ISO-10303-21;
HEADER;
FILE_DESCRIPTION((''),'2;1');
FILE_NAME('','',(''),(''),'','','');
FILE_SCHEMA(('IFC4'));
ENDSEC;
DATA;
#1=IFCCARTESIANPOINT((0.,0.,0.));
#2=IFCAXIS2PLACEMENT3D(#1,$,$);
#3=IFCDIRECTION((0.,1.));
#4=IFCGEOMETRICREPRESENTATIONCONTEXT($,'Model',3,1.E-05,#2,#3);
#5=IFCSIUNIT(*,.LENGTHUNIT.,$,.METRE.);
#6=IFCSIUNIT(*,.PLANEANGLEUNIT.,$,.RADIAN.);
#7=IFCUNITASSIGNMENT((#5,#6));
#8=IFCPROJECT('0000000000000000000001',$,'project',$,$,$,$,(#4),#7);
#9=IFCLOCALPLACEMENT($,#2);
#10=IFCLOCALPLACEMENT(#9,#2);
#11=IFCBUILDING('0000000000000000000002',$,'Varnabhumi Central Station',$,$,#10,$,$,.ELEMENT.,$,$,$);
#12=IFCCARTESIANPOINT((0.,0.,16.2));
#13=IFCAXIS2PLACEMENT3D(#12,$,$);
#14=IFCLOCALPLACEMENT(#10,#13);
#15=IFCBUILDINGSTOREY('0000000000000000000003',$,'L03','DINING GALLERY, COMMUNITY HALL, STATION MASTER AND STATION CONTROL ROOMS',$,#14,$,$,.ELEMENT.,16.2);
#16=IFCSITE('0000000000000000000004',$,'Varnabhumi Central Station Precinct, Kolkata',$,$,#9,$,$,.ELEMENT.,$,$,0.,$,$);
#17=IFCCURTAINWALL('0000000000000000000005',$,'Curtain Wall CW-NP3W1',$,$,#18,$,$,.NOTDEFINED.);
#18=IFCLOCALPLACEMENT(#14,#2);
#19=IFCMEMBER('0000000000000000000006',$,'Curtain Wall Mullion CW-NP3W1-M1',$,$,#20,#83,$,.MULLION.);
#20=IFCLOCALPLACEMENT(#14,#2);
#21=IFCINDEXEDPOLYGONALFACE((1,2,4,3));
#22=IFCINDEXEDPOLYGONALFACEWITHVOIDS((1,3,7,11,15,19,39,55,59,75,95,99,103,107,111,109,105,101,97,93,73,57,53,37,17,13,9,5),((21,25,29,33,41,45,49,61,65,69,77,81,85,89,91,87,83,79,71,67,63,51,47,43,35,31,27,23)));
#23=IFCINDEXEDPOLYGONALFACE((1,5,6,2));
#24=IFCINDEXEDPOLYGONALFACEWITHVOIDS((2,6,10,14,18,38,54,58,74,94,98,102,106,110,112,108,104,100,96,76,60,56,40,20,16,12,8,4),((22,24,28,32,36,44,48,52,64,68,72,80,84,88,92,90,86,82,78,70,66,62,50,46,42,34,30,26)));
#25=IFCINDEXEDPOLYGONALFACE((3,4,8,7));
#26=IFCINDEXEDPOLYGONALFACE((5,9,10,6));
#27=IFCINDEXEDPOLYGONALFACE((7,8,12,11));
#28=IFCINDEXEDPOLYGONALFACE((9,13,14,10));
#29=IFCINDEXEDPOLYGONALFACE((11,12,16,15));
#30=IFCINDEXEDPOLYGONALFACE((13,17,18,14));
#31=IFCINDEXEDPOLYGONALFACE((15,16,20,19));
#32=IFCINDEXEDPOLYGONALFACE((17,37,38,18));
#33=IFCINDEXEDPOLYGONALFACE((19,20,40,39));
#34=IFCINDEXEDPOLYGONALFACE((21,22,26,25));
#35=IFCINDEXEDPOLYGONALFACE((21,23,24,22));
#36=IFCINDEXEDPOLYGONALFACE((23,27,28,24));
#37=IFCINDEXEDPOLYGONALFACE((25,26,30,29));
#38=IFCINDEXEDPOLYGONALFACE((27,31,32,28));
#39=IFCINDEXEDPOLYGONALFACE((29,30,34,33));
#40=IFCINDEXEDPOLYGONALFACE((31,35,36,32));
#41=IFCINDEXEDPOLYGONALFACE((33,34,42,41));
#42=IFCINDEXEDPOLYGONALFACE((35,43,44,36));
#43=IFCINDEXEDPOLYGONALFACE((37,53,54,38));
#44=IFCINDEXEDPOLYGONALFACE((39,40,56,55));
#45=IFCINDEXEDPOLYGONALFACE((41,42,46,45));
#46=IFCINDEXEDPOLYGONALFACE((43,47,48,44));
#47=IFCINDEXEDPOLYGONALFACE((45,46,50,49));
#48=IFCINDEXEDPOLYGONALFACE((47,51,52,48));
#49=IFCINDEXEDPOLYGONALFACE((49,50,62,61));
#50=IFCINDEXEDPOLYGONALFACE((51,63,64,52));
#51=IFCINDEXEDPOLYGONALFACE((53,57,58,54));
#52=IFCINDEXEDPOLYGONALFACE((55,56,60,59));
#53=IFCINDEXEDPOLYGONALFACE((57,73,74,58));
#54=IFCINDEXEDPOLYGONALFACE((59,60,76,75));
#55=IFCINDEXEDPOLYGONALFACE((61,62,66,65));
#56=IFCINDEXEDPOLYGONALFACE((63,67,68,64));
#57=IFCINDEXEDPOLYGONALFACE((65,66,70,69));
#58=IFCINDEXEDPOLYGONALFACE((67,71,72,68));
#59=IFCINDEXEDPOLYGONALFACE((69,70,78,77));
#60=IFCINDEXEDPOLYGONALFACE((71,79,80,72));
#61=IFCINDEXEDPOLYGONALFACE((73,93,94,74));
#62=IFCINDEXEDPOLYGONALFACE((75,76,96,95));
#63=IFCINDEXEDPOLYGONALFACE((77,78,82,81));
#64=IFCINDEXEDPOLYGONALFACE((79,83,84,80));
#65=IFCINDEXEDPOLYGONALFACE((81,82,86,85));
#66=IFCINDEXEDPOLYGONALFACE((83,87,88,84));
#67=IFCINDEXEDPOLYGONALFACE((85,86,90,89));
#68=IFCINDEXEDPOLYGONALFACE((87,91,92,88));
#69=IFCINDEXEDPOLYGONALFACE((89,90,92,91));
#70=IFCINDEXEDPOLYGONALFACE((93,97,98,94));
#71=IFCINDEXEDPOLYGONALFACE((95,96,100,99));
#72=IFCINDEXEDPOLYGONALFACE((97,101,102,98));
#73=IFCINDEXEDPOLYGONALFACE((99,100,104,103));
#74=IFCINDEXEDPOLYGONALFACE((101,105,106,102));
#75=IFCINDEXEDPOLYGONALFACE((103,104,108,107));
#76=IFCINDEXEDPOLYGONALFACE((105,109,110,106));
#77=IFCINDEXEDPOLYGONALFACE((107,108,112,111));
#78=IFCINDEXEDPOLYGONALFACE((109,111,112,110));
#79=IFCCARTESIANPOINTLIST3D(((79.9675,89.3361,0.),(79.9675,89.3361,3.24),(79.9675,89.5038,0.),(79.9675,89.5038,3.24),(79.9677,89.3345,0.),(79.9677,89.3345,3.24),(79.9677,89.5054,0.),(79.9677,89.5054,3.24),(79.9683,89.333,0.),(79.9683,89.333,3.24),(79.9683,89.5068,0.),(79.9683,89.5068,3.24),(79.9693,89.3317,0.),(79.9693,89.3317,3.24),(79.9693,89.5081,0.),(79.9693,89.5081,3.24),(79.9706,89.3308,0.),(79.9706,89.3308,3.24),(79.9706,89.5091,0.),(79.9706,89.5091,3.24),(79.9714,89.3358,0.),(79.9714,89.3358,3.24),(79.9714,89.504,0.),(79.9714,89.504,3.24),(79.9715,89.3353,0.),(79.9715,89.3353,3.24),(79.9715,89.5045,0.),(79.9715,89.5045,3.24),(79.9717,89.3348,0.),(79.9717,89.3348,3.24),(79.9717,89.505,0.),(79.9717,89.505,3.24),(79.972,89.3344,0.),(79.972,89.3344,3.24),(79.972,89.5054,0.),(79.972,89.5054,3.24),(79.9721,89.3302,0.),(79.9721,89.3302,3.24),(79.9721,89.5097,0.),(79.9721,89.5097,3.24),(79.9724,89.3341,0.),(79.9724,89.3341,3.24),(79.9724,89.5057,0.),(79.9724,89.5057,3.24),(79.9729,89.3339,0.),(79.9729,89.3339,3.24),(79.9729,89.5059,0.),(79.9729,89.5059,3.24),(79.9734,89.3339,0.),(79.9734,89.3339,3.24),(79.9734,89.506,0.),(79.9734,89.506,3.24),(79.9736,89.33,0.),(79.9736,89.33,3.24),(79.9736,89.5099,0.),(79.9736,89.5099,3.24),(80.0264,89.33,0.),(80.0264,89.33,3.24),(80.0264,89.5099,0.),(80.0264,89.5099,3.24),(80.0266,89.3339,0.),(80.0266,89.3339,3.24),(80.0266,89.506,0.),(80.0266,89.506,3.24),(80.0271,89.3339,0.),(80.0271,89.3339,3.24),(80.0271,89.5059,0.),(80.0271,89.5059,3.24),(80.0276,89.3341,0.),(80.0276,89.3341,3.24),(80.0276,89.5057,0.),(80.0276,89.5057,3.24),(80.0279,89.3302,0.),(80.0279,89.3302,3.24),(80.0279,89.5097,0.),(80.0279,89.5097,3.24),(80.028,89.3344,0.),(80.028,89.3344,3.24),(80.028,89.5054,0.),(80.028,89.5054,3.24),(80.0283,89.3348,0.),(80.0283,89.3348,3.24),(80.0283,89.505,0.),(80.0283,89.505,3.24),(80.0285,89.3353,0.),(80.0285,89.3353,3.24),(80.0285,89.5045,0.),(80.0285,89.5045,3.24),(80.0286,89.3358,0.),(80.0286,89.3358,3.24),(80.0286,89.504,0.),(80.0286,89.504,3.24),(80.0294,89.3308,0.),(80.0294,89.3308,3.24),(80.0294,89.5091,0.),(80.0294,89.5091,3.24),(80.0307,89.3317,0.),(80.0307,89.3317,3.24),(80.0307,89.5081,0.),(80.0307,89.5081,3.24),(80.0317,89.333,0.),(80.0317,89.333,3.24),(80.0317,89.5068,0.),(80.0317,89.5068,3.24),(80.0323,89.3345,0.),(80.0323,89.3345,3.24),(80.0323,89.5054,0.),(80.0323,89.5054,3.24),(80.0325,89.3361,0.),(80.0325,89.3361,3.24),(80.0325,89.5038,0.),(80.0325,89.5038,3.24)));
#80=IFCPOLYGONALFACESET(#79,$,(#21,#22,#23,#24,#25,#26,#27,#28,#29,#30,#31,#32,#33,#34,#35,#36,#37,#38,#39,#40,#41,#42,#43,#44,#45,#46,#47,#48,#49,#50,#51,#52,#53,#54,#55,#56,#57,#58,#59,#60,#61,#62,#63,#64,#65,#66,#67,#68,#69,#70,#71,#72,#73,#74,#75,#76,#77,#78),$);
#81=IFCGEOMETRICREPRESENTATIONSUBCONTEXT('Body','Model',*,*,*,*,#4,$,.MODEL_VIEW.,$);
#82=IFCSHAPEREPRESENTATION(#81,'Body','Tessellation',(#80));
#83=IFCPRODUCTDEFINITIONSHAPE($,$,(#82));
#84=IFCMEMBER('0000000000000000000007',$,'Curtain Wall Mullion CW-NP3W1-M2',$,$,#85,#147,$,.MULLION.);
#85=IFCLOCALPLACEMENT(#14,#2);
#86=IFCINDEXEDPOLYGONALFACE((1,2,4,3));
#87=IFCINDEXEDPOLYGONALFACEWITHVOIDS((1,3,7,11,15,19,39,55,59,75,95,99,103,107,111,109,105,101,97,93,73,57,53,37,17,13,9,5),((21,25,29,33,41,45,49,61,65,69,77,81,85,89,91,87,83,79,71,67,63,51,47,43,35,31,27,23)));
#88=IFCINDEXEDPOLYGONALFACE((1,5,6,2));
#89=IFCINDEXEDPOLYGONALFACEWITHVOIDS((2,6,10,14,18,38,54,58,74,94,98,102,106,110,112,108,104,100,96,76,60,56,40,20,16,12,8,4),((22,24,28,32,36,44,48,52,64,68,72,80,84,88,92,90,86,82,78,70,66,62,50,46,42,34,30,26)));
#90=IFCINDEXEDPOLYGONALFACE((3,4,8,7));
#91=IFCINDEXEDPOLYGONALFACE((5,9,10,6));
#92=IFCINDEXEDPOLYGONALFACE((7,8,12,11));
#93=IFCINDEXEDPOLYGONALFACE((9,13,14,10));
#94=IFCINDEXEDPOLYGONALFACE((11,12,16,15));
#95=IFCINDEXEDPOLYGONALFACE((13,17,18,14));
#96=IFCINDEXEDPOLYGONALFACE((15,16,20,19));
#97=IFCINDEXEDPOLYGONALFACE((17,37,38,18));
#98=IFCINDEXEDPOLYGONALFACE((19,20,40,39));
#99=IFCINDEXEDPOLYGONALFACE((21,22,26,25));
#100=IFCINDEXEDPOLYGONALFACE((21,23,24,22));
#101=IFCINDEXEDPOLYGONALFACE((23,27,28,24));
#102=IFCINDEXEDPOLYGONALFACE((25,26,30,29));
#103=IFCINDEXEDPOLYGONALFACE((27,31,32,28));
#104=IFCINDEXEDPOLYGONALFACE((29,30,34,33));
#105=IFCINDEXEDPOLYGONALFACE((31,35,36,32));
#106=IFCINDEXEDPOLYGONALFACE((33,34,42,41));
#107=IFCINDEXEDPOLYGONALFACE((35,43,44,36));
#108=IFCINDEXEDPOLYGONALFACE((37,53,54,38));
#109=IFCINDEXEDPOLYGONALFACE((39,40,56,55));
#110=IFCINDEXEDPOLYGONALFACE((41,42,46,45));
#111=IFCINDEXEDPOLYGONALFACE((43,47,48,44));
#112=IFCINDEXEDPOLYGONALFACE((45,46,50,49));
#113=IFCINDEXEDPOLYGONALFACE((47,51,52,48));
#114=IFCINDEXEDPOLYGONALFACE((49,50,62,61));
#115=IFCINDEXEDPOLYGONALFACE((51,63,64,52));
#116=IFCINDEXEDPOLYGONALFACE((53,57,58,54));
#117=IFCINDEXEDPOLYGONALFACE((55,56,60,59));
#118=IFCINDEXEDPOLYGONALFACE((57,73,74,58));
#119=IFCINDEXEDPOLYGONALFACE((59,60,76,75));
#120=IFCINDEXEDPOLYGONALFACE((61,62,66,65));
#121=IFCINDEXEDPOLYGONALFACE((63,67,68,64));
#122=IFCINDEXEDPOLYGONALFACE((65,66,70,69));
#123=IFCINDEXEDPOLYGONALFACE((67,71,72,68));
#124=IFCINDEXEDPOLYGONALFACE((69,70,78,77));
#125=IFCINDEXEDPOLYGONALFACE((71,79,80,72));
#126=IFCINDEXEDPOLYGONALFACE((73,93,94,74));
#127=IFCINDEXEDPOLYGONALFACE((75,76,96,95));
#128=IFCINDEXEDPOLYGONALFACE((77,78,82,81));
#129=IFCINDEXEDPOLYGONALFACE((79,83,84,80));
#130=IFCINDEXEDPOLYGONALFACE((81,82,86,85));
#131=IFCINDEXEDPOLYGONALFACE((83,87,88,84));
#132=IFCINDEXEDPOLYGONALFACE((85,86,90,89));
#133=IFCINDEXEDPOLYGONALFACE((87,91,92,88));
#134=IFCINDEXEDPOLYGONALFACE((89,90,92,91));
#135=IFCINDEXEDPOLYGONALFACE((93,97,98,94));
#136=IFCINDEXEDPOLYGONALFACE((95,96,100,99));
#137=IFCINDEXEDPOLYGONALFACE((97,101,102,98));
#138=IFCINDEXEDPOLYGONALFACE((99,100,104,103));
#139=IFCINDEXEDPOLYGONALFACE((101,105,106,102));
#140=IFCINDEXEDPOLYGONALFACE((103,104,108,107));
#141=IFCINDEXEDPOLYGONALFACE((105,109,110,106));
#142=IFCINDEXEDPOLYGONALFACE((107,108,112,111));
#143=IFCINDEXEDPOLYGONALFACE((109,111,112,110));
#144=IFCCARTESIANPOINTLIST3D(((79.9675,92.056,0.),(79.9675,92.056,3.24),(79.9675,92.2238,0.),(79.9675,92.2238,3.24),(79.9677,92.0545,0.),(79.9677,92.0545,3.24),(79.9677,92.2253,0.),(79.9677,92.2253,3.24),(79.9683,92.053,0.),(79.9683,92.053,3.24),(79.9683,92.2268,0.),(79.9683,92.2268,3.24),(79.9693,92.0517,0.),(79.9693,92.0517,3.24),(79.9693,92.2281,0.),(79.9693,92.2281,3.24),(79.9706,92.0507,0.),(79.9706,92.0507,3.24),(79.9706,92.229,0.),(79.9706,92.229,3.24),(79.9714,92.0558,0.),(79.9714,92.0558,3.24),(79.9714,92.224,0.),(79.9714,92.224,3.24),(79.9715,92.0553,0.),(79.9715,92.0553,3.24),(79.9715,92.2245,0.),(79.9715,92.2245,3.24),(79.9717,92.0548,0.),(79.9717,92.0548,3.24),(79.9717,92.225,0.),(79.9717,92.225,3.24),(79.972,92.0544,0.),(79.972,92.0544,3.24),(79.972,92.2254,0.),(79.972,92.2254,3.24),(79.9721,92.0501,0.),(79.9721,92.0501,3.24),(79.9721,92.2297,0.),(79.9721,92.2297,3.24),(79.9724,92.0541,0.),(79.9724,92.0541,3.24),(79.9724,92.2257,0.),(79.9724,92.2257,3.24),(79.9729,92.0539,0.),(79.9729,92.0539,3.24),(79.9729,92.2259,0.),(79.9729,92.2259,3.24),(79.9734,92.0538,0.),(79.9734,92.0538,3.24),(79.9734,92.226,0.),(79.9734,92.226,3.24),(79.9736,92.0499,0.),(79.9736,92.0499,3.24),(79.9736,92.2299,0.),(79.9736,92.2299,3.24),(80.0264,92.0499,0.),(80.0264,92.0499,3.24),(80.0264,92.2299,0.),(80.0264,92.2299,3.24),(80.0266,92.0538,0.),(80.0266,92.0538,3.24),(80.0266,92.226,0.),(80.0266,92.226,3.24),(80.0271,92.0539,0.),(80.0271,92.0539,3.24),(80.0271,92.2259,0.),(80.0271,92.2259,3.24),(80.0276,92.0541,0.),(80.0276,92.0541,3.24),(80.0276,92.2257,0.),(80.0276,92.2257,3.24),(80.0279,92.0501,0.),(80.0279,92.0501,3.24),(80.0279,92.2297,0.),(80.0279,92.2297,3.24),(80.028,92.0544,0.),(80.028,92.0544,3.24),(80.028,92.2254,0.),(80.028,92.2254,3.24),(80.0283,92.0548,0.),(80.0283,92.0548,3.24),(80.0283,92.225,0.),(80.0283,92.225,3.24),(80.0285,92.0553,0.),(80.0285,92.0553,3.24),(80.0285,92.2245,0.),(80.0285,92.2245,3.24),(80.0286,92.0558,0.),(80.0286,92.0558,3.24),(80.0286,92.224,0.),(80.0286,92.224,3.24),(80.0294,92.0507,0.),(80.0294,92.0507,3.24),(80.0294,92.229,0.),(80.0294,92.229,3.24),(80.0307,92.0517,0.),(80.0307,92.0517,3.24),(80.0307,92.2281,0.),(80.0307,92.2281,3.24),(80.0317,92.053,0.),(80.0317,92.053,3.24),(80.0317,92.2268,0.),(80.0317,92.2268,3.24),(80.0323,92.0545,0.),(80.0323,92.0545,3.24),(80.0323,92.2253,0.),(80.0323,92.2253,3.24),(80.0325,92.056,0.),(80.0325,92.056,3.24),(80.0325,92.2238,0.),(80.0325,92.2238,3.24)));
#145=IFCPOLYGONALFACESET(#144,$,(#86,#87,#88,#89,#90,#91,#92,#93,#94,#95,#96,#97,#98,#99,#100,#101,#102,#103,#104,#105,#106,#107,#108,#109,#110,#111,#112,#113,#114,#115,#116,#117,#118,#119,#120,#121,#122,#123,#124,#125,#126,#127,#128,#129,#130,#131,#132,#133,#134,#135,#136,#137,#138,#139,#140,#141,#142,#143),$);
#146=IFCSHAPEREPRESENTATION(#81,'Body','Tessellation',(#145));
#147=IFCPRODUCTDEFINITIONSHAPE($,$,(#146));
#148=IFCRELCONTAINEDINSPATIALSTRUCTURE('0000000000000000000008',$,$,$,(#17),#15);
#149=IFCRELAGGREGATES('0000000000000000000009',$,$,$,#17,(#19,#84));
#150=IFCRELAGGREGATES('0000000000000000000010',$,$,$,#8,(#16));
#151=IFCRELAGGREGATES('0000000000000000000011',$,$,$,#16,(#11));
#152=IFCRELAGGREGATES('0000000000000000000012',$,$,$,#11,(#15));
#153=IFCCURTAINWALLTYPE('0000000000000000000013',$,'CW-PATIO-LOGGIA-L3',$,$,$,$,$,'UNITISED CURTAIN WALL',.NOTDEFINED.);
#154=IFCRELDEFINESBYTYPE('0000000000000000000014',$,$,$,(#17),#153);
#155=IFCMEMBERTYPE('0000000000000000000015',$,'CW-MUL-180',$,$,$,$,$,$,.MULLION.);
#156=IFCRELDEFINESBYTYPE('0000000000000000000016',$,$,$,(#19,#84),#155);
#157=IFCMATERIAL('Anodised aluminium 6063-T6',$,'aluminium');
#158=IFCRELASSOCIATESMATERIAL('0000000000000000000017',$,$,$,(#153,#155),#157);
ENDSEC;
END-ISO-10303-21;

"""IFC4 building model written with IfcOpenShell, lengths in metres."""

from ifc_helpers import new_model, si_unit, direction, frame, origin, origin_2d, place, context, subcontext, project, spatial, hollow_rectangle, extrude, material, material_profile, profile_set, type_object, element, aggregate, save


model = new_model("IFC4")

# Units and contexts
model_context = context("Model", 3, precision=1e-05, world=origin(), true_north=direction((0.0, 1.0)))
body_context = subcontext(model_context, "Body", "Model", "MODEL_VIEW")
ifc_project = project(units=[si_unit("LENGTHUNIT", "METRE"), si_unit("PLANEANGLEUNIT", "RADIAN")], contexts=[model_context])

# Site, building, storey
site_placement = place(None, origin())
site = spatial("IfcSite", under=ifc_project, at=site_placement, Name="Varnabhumi Central Station Precinct, Kolkata", CompositionType="ELEMENT", RefElevation=0.0)
building_placement = place(site_placement, origin())
building = spatial("IfcBuilding", under=site, at=building_placement, Name="Varnabhumi Central Station", CompositionType="ELEMENT")
storey_placement = place(building_placement, frame((0.0, 0.0, 16.2)))
storey = spatial("IfcBuildingStorey", under=building, at=storey_placement, Name="L03", Description="DINING GALLERY, COMMUNITY HALL, STATION MASTER AND STATION CONTROL ROOMS", CompositionType="ELEMENT", Elevation=16.2)

# Curtain wall, members
ifc_material_1 = material(Name="Anodised aluminium 6063-T6", Category="aluminium")
curtain_wall_type = type_object("IfcCurtainWallType", Name="CW-PATIO-LOGGIA-L3", ElementType="UNITISED CURTAIN WALL", PredefinedType="NOTDEFINED", material=ifc_material_1)
curtain_wall_1_placement = place(storey_placement, origin())
curtain_wall_1 = element("IfcCurtainWall", 1, at=curtain_wall_1_placement, inside=storey, type_object=curtain_wall_type, Name="Curtain Wall CW-NP3W1", PredefinedType="NOTDEFINED")
ifc_material_profile_1 = material_profile(ifc_material_1, hollow_rectangle(XDim=0.0649, YDim=0.1799, WallThickness=0.0039, InnerFilletRadius=0.002, OuterFilletRadius=0.0061, at=origin_2d()), Name="Anodised aluminium 6063-T6", Category="aluminium")
ifc_profile_set_1 = profile_set([ifc_material_profile_1], Name="Anodised aluminium 6063-T6")
member_type_1 = type_object("IfcMemberType", Name="CW-MUL-180", PredefinedType="MULLION", material=ifc_profile_set_1)
member_1_placement = place(storey_placement, frame((80.0, 89.4199, 0.0), z_axis=(0.0, 0.0, 1.0), x_axis=(1.0, 0.0, 0.0)))
member_1 = element("IfcMember", 2, at=member_1_placement, type_object=member_type_1, Name="Curtain Wall Mullion CW-NP3W1-M1", PredefinedType="MULLION", context=body_context, shape_type="SweptSolid", body=[
    extrude(hollow_rectangle(XDim=0.0649, YDim=0.1799, WallThickness=0.0039, InnerFilletRadius=0.002, OuterFilletRadius=0.0061, at=origin_2d()), origin(), (0.0, 0.0, 1.0), 3.24),
])
member_2_placement = place(storey_placement, frame((80.0, 92.1399, 0.0), z_axis=(0.0, 0.0, 1.0), x_axis=(1.0, 0.0, 0.0)))
member_2 = element("IfcMember", 3, at=member_2_placement, type_object=member_type_1, Name="Curtain Wall Mullion CW-NP3W1-M2", PredefinedType="MULLION", context=body_context, shape_type="SweptSolid", body=[
    extrude(hollow_rectangle(XDim=0.0649, YDim=0.1799, WallThickness=0.0039, InnerFilletRadius=0.002, OuterFilletRadius=0.0061, at=origin_2d()), origin(), (0.0, 0.0, 1.0), 3.24),
])

aggregate(curtain_wall_1, [member_1, member_2])

save(model, "model.ifc")
